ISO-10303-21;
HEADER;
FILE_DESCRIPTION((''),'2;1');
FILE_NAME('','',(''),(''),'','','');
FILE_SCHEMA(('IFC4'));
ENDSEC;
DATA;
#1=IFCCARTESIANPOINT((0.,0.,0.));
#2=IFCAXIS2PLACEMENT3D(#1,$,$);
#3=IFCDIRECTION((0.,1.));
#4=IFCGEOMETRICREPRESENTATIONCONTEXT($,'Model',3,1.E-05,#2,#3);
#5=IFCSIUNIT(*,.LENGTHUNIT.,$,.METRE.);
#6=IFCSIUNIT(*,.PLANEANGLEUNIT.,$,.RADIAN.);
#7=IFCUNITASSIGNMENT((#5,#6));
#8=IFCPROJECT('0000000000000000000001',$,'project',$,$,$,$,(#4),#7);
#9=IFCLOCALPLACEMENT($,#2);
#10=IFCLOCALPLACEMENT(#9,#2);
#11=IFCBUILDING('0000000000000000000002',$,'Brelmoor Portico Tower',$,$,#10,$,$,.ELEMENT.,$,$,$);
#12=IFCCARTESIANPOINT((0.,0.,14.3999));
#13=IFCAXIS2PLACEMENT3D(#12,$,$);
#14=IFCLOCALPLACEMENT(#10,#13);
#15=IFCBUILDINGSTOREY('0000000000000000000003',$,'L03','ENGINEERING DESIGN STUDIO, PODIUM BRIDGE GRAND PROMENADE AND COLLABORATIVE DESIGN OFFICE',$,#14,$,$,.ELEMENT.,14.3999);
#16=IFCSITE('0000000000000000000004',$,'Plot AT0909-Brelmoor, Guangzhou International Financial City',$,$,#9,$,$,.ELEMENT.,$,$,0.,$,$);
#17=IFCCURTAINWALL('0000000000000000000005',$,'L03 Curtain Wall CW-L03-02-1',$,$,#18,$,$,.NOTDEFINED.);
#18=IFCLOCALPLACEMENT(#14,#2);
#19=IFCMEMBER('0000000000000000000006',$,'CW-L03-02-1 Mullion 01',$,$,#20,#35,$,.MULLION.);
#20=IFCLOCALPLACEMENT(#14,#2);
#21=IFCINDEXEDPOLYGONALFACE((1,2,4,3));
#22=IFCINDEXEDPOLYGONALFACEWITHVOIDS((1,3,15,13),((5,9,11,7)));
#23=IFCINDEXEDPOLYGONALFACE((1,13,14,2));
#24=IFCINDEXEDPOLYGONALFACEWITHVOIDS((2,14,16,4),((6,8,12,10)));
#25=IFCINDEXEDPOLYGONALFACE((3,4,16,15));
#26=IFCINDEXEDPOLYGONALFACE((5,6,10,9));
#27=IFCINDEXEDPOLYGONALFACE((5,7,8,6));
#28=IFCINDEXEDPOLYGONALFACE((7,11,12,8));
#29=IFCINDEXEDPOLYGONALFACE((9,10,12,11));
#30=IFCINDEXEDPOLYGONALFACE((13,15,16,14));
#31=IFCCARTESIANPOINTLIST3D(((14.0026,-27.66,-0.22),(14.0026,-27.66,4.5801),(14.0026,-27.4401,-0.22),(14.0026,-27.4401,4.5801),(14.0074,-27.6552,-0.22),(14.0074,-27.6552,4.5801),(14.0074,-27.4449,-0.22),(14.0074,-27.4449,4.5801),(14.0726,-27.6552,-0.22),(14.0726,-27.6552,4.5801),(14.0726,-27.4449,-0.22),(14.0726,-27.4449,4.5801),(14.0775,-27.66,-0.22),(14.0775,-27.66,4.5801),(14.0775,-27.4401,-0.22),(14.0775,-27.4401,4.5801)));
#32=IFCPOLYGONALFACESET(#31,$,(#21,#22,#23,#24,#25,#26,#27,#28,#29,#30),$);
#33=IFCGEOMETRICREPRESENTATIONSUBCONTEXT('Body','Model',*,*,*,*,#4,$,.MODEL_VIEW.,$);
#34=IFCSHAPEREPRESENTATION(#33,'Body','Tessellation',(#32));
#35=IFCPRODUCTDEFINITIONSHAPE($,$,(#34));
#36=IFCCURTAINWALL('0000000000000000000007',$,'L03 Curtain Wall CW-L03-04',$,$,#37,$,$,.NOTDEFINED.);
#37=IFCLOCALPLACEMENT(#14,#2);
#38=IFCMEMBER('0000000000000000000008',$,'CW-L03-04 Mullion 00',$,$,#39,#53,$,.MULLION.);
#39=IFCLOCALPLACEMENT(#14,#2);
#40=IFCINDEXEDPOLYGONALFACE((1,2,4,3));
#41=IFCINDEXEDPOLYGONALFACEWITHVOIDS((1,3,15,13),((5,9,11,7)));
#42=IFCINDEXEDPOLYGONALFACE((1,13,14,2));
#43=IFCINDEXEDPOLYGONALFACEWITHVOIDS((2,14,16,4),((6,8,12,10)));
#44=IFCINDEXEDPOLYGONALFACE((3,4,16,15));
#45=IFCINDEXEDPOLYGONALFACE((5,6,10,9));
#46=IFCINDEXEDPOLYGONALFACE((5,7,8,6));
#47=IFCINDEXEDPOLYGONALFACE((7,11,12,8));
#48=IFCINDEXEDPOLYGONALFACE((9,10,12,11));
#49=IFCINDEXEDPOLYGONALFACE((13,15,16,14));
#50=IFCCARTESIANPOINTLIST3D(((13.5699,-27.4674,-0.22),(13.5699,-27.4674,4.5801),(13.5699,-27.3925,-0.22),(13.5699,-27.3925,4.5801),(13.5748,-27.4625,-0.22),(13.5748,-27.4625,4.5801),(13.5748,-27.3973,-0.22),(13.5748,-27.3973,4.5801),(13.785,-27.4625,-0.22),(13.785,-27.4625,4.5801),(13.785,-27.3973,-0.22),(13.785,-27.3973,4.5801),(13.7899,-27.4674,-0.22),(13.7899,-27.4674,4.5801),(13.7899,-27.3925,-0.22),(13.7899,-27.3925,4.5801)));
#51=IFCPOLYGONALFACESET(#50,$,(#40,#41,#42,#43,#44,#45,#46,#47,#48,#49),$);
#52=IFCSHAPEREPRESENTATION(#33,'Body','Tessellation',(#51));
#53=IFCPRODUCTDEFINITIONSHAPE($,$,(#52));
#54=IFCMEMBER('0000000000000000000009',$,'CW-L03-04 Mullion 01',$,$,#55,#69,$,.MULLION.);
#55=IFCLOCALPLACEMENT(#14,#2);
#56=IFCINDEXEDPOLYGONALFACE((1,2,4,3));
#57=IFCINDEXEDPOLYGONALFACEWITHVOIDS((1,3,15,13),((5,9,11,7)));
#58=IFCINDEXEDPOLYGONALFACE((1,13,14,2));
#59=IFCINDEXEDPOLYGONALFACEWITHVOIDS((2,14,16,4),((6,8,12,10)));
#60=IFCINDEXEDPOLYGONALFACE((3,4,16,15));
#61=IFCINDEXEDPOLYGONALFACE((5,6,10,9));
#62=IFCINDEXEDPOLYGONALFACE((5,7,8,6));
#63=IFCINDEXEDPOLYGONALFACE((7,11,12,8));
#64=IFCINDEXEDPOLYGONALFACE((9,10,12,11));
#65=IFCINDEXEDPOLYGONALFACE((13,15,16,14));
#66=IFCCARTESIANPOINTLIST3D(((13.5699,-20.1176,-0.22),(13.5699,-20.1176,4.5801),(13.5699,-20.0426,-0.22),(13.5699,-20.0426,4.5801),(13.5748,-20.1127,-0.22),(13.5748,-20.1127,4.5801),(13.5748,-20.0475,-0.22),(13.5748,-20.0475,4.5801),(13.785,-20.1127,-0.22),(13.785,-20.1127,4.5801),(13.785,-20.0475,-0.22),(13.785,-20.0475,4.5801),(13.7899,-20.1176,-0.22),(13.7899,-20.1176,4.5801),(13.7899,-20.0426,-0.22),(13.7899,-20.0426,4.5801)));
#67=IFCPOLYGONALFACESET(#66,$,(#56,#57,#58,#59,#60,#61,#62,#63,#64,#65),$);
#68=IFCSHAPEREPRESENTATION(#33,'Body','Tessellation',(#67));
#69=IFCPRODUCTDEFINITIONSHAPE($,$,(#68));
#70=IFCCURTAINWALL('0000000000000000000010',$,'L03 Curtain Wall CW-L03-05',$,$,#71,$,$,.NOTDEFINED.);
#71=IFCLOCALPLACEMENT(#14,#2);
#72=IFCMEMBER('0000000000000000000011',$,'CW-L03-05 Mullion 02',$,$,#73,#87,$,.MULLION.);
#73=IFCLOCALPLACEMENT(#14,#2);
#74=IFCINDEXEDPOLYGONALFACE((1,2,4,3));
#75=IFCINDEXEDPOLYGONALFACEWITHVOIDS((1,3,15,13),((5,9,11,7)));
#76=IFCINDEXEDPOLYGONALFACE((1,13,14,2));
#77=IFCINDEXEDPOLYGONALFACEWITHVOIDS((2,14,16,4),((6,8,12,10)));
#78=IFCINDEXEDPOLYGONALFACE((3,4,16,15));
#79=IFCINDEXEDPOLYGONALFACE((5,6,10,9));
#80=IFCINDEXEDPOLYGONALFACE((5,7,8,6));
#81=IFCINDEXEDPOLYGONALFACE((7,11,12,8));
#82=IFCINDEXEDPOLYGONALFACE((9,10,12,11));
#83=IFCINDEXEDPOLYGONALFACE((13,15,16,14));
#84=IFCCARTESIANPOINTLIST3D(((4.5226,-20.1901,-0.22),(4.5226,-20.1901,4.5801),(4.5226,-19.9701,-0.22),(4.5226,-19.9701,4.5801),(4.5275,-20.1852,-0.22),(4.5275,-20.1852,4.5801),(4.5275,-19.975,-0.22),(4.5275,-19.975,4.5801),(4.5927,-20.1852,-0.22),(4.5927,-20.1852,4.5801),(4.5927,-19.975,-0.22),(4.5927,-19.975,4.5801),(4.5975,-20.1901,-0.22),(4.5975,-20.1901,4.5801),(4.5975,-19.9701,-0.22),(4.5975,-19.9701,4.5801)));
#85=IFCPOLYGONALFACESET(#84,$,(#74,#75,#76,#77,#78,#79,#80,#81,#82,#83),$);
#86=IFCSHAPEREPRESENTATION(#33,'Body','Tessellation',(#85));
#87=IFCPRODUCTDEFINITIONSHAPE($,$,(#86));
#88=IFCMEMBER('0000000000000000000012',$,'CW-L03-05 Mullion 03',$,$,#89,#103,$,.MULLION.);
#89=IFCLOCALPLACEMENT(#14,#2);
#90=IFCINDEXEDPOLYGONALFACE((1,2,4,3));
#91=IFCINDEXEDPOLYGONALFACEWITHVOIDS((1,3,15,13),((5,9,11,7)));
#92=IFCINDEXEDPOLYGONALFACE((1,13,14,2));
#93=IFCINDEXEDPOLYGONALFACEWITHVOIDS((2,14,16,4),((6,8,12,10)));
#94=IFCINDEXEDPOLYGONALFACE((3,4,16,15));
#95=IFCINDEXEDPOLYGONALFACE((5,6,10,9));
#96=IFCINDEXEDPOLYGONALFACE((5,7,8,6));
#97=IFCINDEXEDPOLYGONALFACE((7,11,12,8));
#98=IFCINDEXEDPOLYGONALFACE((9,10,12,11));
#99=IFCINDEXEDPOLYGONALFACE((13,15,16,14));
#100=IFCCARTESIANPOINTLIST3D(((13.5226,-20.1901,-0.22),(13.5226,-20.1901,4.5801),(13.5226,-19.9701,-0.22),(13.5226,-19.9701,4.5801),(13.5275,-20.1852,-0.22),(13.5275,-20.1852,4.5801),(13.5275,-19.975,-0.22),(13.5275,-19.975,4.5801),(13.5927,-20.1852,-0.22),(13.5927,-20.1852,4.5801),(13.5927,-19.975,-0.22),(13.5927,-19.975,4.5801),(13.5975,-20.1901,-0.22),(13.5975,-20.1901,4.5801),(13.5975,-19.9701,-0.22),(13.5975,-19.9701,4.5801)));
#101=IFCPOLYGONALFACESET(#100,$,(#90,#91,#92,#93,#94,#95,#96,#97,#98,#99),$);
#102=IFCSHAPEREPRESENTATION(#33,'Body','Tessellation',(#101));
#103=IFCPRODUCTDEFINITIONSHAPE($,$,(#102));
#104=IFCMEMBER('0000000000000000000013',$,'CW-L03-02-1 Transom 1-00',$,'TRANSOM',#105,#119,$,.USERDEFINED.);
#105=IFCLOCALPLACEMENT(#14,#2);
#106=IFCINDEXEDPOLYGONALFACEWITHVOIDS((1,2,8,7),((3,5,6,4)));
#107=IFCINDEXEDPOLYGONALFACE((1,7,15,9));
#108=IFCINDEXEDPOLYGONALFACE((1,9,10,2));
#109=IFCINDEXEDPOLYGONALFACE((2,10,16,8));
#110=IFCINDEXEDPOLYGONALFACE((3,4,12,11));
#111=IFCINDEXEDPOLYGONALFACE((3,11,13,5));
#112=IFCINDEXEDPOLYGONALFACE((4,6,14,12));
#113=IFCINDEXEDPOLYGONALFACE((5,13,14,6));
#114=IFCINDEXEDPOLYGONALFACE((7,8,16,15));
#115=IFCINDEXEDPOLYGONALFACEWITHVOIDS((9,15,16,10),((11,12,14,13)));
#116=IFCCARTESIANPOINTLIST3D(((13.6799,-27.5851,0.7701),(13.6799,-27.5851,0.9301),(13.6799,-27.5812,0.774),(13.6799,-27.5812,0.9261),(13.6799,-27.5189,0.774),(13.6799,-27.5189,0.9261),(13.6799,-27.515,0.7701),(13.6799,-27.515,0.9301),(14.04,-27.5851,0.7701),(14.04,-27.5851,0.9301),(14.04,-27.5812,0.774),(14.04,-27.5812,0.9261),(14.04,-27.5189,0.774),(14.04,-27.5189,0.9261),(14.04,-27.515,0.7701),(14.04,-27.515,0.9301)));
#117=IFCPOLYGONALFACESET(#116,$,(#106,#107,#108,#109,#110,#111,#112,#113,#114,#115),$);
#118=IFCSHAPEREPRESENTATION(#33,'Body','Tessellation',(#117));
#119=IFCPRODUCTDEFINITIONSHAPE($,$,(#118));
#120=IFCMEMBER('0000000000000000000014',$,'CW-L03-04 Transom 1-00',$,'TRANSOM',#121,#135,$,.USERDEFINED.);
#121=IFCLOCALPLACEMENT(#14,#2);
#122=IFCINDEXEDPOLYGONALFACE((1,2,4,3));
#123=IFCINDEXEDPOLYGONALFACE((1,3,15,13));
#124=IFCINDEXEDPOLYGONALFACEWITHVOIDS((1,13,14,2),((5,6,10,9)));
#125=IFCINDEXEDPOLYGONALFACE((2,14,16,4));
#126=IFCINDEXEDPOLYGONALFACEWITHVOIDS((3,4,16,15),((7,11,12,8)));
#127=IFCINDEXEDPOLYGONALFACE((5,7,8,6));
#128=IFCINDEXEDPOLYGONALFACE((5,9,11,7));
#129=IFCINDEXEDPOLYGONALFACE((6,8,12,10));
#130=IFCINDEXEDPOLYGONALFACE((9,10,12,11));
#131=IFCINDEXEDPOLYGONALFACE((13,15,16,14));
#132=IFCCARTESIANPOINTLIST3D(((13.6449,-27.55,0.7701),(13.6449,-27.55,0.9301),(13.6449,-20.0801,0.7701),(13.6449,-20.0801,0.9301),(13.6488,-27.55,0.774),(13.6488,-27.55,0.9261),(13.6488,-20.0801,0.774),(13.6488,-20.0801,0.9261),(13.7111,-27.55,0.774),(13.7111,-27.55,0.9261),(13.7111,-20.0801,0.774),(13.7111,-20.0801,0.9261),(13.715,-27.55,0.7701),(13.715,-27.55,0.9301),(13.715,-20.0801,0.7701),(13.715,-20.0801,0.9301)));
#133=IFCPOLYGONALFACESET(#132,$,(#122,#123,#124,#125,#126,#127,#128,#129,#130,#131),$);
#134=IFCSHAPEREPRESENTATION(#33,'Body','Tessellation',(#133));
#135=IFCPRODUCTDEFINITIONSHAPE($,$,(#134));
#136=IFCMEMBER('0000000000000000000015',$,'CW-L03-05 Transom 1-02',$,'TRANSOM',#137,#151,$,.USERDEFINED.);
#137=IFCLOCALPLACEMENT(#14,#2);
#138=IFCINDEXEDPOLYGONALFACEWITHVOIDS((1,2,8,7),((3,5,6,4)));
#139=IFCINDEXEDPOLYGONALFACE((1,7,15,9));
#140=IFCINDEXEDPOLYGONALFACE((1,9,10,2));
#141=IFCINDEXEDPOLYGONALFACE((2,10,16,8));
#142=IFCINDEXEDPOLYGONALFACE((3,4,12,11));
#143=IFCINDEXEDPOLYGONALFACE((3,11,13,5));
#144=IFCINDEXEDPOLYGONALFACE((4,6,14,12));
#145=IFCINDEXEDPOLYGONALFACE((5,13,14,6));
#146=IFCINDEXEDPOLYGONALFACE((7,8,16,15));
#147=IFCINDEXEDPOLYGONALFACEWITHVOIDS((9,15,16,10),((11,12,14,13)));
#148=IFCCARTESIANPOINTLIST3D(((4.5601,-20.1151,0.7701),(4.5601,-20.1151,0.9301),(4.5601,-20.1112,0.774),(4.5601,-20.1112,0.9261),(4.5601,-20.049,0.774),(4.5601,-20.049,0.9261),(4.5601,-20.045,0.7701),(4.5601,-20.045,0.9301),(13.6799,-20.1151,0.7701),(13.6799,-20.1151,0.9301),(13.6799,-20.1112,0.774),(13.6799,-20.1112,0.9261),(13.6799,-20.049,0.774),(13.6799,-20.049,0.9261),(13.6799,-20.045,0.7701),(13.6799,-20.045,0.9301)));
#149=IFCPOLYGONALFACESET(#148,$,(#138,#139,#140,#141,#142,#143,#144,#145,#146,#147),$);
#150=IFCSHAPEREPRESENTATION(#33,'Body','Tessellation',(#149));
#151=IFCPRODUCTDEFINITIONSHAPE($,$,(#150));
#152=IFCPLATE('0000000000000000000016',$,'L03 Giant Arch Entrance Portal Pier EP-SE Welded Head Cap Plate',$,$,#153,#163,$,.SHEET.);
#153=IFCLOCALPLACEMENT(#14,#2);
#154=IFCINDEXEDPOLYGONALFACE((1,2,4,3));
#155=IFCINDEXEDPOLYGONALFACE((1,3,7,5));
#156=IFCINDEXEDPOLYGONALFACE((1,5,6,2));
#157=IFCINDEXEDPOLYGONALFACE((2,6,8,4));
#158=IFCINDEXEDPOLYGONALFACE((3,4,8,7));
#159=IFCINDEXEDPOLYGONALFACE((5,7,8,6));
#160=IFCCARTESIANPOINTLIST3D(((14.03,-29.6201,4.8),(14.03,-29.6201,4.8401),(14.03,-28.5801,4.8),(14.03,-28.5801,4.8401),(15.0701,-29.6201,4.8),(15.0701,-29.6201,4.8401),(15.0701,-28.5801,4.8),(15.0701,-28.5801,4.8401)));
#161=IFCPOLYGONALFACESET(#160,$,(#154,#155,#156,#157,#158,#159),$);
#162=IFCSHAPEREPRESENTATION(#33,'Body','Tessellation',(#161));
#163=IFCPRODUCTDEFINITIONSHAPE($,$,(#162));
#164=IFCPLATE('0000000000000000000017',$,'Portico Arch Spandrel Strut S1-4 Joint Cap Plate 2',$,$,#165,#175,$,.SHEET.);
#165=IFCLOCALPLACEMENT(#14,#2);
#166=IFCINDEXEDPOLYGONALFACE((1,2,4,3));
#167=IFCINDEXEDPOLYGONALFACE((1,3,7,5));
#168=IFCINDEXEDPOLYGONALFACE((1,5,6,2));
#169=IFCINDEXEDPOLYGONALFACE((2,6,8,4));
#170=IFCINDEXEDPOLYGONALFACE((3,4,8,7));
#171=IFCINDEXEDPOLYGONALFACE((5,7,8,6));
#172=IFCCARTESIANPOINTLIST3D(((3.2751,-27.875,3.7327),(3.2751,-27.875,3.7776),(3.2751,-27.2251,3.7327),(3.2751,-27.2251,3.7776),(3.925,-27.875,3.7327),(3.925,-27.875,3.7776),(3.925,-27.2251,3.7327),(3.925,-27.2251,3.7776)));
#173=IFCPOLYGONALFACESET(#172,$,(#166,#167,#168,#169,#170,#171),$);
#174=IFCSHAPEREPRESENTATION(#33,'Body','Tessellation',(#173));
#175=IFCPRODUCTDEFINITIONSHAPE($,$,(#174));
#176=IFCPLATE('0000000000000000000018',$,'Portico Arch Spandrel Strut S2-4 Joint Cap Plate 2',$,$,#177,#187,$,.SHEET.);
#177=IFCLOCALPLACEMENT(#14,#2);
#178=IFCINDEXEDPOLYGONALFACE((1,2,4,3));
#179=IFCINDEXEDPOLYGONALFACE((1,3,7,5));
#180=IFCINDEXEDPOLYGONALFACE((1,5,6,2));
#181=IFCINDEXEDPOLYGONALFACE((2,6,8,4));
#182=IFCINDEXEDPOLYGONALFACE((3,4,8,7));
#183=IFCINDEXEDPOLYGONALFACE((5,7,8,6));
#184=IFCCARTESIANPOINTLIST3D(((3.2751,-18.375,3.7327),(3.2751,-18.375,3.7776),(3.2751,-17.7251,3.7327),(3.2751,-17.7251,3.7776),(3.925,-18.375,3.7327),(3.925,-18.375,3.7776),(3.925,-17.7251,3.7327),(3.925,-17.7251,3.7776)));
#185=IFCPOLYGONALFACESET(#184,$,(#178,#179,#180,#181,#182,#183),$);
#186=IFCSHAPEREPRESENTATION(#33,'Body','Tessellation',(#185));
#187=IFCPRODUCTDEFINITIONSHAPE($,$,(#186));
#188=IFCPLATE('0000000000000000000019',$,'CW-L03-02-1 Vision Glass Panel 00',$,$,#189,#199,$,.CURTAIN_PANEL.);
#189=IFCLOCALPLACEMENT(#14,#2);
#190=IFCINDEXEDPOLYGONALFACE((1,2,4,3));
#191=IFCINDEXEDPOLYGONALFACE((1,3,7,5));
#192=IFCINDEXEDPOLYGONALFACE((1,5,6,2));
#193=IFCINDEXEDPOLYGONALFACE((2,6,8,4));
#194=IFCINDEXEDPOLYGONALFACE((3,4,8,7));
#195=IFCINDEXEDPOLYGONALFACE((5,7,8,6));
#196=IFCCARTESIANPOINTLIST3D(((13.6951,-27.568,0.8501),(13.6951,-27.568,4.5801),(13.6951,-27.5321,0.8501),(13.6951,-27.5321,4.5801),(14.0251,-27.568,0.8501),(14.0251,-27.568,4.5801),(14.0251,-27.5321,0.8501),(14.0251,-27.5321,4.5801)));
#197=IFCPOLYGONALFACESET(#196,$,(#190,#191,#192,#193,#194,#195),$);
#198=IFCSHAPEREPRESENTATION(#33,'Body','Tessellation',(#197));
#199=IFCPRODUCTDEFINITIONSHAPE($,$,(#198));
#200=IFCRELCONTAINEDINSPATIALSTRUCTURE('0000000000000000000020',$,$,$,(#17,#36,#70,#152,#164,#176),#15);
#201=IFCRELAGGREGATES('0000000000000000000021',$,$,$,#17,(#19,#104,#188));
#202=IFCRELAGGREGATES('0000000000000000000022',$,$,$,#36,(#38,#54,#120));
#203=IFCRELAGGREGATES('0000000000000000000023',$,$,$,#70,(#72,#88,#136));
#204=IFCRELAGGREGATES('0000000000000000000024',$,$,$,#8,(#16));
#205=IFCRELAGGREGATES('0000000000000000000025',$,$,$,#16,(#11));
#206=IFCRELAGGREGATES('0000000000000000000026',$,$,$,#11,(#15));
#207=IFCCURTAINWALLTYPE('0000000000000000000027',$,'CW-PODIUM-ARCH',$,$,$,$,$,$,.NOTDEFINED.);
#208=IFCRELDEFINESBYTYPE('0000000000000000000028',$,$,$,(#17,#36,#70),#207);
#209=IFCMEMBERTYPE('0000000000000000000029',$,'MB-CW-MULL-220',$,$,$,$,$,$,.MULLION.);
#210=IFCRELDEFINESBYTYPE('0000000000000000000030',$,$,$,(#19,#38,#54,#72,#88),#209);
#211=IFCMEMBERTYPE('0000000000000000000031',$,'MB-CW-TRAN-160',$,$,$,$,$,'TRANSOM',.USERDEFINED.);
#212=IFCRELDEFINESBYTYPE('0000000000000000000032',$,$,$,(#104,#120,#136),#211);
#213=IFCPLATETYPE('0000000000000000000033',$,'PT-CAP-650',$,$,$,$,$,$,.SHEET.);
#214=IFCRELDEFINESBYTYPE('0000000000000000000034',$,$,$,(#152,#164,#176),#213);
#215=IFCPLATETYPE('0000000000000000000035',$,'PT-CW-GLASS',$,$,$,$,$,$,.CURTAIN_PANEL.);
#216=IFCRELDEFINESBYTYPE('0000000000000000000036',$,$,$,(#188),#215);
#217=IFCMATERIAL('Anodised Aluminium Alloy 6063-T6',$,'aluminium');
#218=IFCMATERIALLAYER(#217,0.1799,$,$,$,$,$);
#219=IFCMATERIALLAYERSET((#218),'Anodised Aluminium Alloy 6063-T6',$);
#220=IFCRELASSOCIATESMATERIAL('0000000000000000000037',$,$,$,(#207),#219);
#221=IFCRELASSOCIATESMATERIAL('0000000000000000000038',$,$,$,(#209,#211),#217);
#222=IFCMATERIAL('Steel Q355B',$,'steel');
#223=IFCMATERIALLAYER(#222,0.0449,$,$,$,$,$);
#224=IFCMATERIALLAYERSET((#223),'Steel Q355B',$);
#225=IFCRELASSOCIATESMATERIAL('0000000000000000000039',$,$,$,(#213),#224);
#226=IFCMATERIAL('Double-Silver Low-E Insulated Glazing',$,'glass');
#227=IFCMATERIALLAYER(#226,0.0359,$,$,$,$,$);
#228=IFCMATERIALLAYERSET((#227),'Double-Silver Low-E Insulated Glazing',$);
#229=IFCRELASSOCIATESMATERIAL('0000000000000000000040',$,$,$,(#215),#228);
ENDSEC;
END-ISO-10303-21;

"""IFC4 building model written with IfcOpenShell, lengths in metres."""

from ifc_helpers import new_model, si_unit, direction, frame, origin, origin_2d, place, context, subcontext, project, spatial, rectangle, hollow_rectangle, extrude, material, layer, layer_set, material_profile, profile_set, type_object, element, aggregate, save


model = new_model("IFC4")

# Units and contexts
model_context = context("Model", 3, precision=1e-05, world=origin(), true_north=direction((0.0, 1.0)))
body_context = subcontext(model_context, "Body", "Model", "MODEL_VIEW")
ifc_project = project(units=[si_unit("LENGTHUNIT", "METRE"), si_unit("PLANEANGLEUNIT", "RADIAN")], contexts=[model_context])

# Site, building, storey
site_placement = place(None, origin())
site = spatial("IfcSite", under=ifc_project, at=site_placement, Name="Plot AT0909-Brelmoor, Guangzhou International Financial City", CompositionType="ELEMENT", RefElevation=0.0)
building_placement = place(site_placement, origin())
building = spatial("IfcBuilding", under=site, at=building_placement, Name="Brelmoor Portico Tower", CompositionType="ELEMENT")
storey_placement = place(building_placement, frame((0.0, 0.0, 14.3999)))
storey = spatial("IfcBuildingStorey", under=building, at=storey_placement, Name="L03", Description="ENGINEERING DESIGN STUDIO, PODIUM BRIDGE GRAND PROMENADE AND COLLABORATIVE DESIGN OFFICE", CompositionType="ELEMENT", Elevation=14.3999)

# Shared definitions
ifc_material_1 = material(Name="Steel Q355B", Category="steel")

# Curtain walls, members
ifc_material_2 = material(Name="Anodised Aluminium Alloy 6063-T6", Category="aluminium")
ifc_layer_1 = layer(ifc_material_2, 0.1799)
ifc_layer_set_1 = layer_set([ifc_layer_1], Name="Anodised Aluminium Alloy 6063-T6")
curtain_wall_type = type_object("IfcCurtainWallType", Name="CW-PODIUM-ARCH", PredefinedType="NOTDEFINED", material=ifc_layer_set_1)
curtain_wall_1_placement = place(storey_placement, origin())
curtain_wall_1 = element("IfcCurtainWall", 1, at=curtain_wall_1_placement, inside=storey, type_object=curtain_wall_type, Name="L03 Curtain Wall CW-L03-02-1", PredefinedType="NOTDEFINED")
ifc_material_profile_1 = material_profile(ifc_material_2, hollow_rectangle(XDim=0.075, YDim=0.22, WallThickness=0.0049, at=origin_2d()), Name="ALU MULLION 75x220")
ifc_profile_set_1 = profile_set([ifc_material_profile_1], Name="Anodised Aluminium Alloy 6063-T6")
member_type_1 = type_object("IfcMemberType", Name="MB-CW-MULL-220", PredefinedType="MULLION", material=ifc_profile_set_1)
member_1_placement = place(storey_placement, frame((14.04, -27.55, -0.22), z_axis=(0.0, 0.0, 1.0), x_axis=(1.0, 0.0, 0.0)))
member_1 = element("IfcMember", 2, at=member_1_placement, type_object=member_type_1, Name="CW-L03-02-1 Mullion 01", PredefinedType="MULLION", context=body_context, shape_type="SweptSolid", body=[
    extrude(hollow_rectangle(XDim=0.075, YDim=0.22, WallThickness=0.0049, at=origin_2d()), origin(), (0.0, 0.0, 1.0), 4.8),
])
curtain_wall_2_placement = place(storey_placement, origin())
curtain_wall_2 = element("IfcCurtainWall", 3, at=curtain_wall_2_placement, inside=storey, type_object=curtain_wall_type, Name="L03 Curtain Wall CW-L03-04", PredefinedType="NOTDEFINED")
member_2_placement = place(storey_placement, frame((13.6799, -27.4299, -0.22), z_axis=(0.0, 0.0, 1.0), x_axis=(0.0, 1.0, 0.0)))
member_2 = element("IfcMember", 4, at=member_2_placement, type_object=member_type_1, Name="CW-L03-04 Mullion 00", PredefinedType="MULLION", context=body_context, shape_type="SweptSolid", body=[
    extrude(hollow_rectangle(XDim=0.075, YDim=0.22, WallThickness=0.0049, at=origin_2d()), origin(), (0.0, 0.0, 1.0), 4.8),
])
member_3_placement = place(storey_placement, frame((13.6799, -20.0801, -0.22), z_axis=(0.0, 0.0, 1.0), x_axis=(0.0, 1.0, 0.0)))
member_3 = element("IfcMember", 5, at=member_3_placement, type_object=member_type_1, Name="CW-L03-04 Mullion 01", PredefinedType="MULLION", context=body_context, shape_type="SweptSolid", body=[
    extrude(hollow_rectangle(XDim=0.075, YDim=0.22, WallThickness=0.0049, at=origin_2d()), origin(), (0.0, 0.0, 1.0), 4.8),
])
curtain_wall_3_placement = place(storey_placement, origin())
curtain_wall_3 = element("IfcCurtainWall", 6, at=curtain_wall_3_placement, inside=storey, type_object=curtain_wall_type, Name="L03 Curtain Wall CW-L03-05", PredefinedType="NOTDEFINED")
member_4_placement = place(storey_placement, frame((4.5601, -20.0801, -0.22), z_axis=(0.0, 0.0, 1.0), x_axis=(1.0, 0.0, 0.0)))
member_4 = element("IfcMember", 7, at=member_4_placement, type_object=member_type_1, Name="CW-L03-05 Mullion 02", PredefinedType="MULLION", context=body_context, shape_type="SweptSolid", body=[
    extrude(hollow_rectangle(XDim=0.075, YDim=0.22, WallThickness=0.0049, at=origin_2d()), origin(), (0.0, 0.0, 1.0), 4.8),
])
member_5_placement = place(storey_placement, frame((13.5601, -20.0801, -0.22), z_axis=(0.0, 0.0, 1.0), x_axis=(1.0, 0.0, 0.0)))
member_5 = element("IfcMember", 8, at=member_5_placement, type_object=member_type_1, Name="CW-L03-05 Mullion 03", PredefinedType="MULLION", context=body_context, shape_type="SweptSolid", body=[
    extrude(hollow_rectangle(XDim=0.075, YDim=0.22, WallThickness=0.0049, at=origin_2d()), origin(), (0.0, 0.0, 1.0), 4.8),
])

# Members
ifc_material_profile_2 = material_profile(ifc_material_2, hollow_rectangle(XDim=0.0701, YDim=0.1599, WallThickness=0.0039, at=origin_2d()), Name="ALU TRANSOM 70x160")
ifc_profile_set_2 = profile_set([ifc_material_profile_2], Name="Anodised Aluminium Alloy 6063-T6")
member_type_2 = type_object("IfcMemberType", Name="MB-CW-TRAN-160", ElementType="TRANSOM", PredefinedType="USERDEFINED", material=ifc_profile_set_2)
member_6_placement = place(storey_placement, frame((13.6799, -27.55, 0.8501), z_axis=(1.0, 0.0, 0.0), x_axis=(0.0, 1.0, 0.0)))
member_6 = element("IfcMember", 9, at=member_6_placement, type_object=member_type_2, Name="CW-L03-02-1 Transom 1-00", ObjectType="TRANSOM", PredefinedType="USERDEFINED", context=body_context, shape_type="SweptSolid", body=[
    extrude(hollow_rectangle(XDim=0.0701, YDim=0.1599, WallThickness=0.0039, at=origin_2d()), origin(), (0.0, 0.0, 1.0), 0.3601),
])
member_7_placement = place(storey_placement, frame((13.6799, -27.55, 0.8501), z_axis=(0.0, 1.0, 0.0), x_axis=(-1.0, 0.0, 0.0)))
member_7 = element("IfcMember", 10, at=member_7_placement, type_object=member_type_2, Name="CW-L03-04 Transom 1-00", ObjectType="TRANSOM", PredefinedType="USERDEFINED", context=body_context, shape_type="SweptSolid", body=[
    extrude(hollow_rectangle(XDim=0.0701, YDim=0.1599, WallThickness=0.0039, at=origin_2d()), origin(), (0.0, 0.0, 1.0), 7.47),
])
member_8_placement = place(storey_placement, frame((4.5601, -20.0801, 0.8501), z_axis=(1.0, 0.0, 0.0), x_axis=(0.0, 1.0, 0.0)))
member_8 = element("IfcMember", 11, at=member_8_placement, type_object=member_type_2, Name="CW-L03-05 Transom 1-02", ObjectType="TRANSOM", PredefinedType="USERDEFINED", context=body_context, shape_type="SweptSolid", body=[
    extrude(hollow_rectangle(XDim=0.0701, YDim=0.1599, WallThickness=0.0039, at=origin_2d()), origin(), (0.0, 0.0, 1.0), 9.1199),
])

# Plates
ifc_layer_2 = layer(ifc_material_1, 0.0449)
ifc_layer_set_2 = layer_set([ifc_layer_2], Name="Steel Q355B")
plate_type_1 = type_object("IfcPlateType", Name="PT-CAP-650", PredefinedType="SHEET", material=ifc_layer_set_2)
plate_1_placement = place(storey_placement, frame((14.55, -29.1001, 4.8), z_axis=(0.0, 0.0, 1.0), x_axis=(1.0, 0.0, 0.0)))
element("IfcPlate", 12, at=plate_1_placement, inside=storey, type_object=plate_type_1, Name="L03 Giant Arch Entrance Portal Pier EP-SE Welded Head Cap Plate", PredefinedType="SHEET", context=body_context, shape_type="SweptSolid", body=[
    extrude(rectangle(XDim=1.04, YDim=1.04, at=origin_2d()), origin(), (0.0, 0.0, 1.0), 0.04),
])
for number, where, z_axis, x_axis, name in (
    (13, (3.6001, -27.55, 3.7327), (0.0, 0.0, 1.0), (1.0, 0.0, 0.0), "Portico Arch Spandrel Strut S1-4 Joint Cap Plate 2"),
    (14, (3.6001, -18.05, 3.7327), (0.0, 0.0, 1.0), (1.0, 0.0, 0.0), "Portico Arch Spandrel Strut S2-4 Joint Cap Plate 2"),
):
    element("IfcPlate", number, at=place(storey_placement, frame(where, z_axis=z_axis, x_axis=x_axis)), inside=storey, type_object=plate_type_1, Name=name, PredefinedType="SHEET", context=body_context, shape_type="SweptSolid", body=[
        extrude(rectangle(XDim=0.6499, YDim=0.6499, at=origin_2d()), origin(), (0.0, 0.0, 1.0), 0.0449),
    ])

# Plate
ifc_material_3 = material(Name="Double-Silver Low-E Insulated Glazing", Category="glass")
ifc_layer_3 = layer(ifc_material_3, 0.0359)
ifc_layer_set_3 = layer_set([ifc_layer_3], Name="Double-Silver Low-E Insulated Glazing")
plate_type_2 = type_object("IfcPlateType", Name="PT-CW-GLASS", PredefinedType="CURTAIN_PANEL", material=ifc_layer_set_3)
plate_2_placement = place(storey_placement, frame((13.8601, -27.55, 0.8501), z_axis=(0.0, 0.0, 1.0), x_axis=(1.0, 0.0, 0.0)))
plate_2 = element("IfcPlate", 15, at=plate_2_placement, type_object=plate_type_2, Name="CW-L03-02-1 Vision Glass Panel 00", PredefinedType="CURTAIN_PANEL", context=body_context, shape_type="SweptSolid", body=[
    extrude(rectangle(XDim=0.3301, YDim=0.0359, at=origin_2d()), origin(), (0.0, 0.0, 1.0), 3.73),
])
aggregate(curtain_wall_1, [member_1, member_6, plate_2])
aggregate(curtain_wall_2, [member_2, member_3, member_7])
aggregate(curtain_wall_3, [member_4, member_5, member_8])

save(model, "model.ifc")
